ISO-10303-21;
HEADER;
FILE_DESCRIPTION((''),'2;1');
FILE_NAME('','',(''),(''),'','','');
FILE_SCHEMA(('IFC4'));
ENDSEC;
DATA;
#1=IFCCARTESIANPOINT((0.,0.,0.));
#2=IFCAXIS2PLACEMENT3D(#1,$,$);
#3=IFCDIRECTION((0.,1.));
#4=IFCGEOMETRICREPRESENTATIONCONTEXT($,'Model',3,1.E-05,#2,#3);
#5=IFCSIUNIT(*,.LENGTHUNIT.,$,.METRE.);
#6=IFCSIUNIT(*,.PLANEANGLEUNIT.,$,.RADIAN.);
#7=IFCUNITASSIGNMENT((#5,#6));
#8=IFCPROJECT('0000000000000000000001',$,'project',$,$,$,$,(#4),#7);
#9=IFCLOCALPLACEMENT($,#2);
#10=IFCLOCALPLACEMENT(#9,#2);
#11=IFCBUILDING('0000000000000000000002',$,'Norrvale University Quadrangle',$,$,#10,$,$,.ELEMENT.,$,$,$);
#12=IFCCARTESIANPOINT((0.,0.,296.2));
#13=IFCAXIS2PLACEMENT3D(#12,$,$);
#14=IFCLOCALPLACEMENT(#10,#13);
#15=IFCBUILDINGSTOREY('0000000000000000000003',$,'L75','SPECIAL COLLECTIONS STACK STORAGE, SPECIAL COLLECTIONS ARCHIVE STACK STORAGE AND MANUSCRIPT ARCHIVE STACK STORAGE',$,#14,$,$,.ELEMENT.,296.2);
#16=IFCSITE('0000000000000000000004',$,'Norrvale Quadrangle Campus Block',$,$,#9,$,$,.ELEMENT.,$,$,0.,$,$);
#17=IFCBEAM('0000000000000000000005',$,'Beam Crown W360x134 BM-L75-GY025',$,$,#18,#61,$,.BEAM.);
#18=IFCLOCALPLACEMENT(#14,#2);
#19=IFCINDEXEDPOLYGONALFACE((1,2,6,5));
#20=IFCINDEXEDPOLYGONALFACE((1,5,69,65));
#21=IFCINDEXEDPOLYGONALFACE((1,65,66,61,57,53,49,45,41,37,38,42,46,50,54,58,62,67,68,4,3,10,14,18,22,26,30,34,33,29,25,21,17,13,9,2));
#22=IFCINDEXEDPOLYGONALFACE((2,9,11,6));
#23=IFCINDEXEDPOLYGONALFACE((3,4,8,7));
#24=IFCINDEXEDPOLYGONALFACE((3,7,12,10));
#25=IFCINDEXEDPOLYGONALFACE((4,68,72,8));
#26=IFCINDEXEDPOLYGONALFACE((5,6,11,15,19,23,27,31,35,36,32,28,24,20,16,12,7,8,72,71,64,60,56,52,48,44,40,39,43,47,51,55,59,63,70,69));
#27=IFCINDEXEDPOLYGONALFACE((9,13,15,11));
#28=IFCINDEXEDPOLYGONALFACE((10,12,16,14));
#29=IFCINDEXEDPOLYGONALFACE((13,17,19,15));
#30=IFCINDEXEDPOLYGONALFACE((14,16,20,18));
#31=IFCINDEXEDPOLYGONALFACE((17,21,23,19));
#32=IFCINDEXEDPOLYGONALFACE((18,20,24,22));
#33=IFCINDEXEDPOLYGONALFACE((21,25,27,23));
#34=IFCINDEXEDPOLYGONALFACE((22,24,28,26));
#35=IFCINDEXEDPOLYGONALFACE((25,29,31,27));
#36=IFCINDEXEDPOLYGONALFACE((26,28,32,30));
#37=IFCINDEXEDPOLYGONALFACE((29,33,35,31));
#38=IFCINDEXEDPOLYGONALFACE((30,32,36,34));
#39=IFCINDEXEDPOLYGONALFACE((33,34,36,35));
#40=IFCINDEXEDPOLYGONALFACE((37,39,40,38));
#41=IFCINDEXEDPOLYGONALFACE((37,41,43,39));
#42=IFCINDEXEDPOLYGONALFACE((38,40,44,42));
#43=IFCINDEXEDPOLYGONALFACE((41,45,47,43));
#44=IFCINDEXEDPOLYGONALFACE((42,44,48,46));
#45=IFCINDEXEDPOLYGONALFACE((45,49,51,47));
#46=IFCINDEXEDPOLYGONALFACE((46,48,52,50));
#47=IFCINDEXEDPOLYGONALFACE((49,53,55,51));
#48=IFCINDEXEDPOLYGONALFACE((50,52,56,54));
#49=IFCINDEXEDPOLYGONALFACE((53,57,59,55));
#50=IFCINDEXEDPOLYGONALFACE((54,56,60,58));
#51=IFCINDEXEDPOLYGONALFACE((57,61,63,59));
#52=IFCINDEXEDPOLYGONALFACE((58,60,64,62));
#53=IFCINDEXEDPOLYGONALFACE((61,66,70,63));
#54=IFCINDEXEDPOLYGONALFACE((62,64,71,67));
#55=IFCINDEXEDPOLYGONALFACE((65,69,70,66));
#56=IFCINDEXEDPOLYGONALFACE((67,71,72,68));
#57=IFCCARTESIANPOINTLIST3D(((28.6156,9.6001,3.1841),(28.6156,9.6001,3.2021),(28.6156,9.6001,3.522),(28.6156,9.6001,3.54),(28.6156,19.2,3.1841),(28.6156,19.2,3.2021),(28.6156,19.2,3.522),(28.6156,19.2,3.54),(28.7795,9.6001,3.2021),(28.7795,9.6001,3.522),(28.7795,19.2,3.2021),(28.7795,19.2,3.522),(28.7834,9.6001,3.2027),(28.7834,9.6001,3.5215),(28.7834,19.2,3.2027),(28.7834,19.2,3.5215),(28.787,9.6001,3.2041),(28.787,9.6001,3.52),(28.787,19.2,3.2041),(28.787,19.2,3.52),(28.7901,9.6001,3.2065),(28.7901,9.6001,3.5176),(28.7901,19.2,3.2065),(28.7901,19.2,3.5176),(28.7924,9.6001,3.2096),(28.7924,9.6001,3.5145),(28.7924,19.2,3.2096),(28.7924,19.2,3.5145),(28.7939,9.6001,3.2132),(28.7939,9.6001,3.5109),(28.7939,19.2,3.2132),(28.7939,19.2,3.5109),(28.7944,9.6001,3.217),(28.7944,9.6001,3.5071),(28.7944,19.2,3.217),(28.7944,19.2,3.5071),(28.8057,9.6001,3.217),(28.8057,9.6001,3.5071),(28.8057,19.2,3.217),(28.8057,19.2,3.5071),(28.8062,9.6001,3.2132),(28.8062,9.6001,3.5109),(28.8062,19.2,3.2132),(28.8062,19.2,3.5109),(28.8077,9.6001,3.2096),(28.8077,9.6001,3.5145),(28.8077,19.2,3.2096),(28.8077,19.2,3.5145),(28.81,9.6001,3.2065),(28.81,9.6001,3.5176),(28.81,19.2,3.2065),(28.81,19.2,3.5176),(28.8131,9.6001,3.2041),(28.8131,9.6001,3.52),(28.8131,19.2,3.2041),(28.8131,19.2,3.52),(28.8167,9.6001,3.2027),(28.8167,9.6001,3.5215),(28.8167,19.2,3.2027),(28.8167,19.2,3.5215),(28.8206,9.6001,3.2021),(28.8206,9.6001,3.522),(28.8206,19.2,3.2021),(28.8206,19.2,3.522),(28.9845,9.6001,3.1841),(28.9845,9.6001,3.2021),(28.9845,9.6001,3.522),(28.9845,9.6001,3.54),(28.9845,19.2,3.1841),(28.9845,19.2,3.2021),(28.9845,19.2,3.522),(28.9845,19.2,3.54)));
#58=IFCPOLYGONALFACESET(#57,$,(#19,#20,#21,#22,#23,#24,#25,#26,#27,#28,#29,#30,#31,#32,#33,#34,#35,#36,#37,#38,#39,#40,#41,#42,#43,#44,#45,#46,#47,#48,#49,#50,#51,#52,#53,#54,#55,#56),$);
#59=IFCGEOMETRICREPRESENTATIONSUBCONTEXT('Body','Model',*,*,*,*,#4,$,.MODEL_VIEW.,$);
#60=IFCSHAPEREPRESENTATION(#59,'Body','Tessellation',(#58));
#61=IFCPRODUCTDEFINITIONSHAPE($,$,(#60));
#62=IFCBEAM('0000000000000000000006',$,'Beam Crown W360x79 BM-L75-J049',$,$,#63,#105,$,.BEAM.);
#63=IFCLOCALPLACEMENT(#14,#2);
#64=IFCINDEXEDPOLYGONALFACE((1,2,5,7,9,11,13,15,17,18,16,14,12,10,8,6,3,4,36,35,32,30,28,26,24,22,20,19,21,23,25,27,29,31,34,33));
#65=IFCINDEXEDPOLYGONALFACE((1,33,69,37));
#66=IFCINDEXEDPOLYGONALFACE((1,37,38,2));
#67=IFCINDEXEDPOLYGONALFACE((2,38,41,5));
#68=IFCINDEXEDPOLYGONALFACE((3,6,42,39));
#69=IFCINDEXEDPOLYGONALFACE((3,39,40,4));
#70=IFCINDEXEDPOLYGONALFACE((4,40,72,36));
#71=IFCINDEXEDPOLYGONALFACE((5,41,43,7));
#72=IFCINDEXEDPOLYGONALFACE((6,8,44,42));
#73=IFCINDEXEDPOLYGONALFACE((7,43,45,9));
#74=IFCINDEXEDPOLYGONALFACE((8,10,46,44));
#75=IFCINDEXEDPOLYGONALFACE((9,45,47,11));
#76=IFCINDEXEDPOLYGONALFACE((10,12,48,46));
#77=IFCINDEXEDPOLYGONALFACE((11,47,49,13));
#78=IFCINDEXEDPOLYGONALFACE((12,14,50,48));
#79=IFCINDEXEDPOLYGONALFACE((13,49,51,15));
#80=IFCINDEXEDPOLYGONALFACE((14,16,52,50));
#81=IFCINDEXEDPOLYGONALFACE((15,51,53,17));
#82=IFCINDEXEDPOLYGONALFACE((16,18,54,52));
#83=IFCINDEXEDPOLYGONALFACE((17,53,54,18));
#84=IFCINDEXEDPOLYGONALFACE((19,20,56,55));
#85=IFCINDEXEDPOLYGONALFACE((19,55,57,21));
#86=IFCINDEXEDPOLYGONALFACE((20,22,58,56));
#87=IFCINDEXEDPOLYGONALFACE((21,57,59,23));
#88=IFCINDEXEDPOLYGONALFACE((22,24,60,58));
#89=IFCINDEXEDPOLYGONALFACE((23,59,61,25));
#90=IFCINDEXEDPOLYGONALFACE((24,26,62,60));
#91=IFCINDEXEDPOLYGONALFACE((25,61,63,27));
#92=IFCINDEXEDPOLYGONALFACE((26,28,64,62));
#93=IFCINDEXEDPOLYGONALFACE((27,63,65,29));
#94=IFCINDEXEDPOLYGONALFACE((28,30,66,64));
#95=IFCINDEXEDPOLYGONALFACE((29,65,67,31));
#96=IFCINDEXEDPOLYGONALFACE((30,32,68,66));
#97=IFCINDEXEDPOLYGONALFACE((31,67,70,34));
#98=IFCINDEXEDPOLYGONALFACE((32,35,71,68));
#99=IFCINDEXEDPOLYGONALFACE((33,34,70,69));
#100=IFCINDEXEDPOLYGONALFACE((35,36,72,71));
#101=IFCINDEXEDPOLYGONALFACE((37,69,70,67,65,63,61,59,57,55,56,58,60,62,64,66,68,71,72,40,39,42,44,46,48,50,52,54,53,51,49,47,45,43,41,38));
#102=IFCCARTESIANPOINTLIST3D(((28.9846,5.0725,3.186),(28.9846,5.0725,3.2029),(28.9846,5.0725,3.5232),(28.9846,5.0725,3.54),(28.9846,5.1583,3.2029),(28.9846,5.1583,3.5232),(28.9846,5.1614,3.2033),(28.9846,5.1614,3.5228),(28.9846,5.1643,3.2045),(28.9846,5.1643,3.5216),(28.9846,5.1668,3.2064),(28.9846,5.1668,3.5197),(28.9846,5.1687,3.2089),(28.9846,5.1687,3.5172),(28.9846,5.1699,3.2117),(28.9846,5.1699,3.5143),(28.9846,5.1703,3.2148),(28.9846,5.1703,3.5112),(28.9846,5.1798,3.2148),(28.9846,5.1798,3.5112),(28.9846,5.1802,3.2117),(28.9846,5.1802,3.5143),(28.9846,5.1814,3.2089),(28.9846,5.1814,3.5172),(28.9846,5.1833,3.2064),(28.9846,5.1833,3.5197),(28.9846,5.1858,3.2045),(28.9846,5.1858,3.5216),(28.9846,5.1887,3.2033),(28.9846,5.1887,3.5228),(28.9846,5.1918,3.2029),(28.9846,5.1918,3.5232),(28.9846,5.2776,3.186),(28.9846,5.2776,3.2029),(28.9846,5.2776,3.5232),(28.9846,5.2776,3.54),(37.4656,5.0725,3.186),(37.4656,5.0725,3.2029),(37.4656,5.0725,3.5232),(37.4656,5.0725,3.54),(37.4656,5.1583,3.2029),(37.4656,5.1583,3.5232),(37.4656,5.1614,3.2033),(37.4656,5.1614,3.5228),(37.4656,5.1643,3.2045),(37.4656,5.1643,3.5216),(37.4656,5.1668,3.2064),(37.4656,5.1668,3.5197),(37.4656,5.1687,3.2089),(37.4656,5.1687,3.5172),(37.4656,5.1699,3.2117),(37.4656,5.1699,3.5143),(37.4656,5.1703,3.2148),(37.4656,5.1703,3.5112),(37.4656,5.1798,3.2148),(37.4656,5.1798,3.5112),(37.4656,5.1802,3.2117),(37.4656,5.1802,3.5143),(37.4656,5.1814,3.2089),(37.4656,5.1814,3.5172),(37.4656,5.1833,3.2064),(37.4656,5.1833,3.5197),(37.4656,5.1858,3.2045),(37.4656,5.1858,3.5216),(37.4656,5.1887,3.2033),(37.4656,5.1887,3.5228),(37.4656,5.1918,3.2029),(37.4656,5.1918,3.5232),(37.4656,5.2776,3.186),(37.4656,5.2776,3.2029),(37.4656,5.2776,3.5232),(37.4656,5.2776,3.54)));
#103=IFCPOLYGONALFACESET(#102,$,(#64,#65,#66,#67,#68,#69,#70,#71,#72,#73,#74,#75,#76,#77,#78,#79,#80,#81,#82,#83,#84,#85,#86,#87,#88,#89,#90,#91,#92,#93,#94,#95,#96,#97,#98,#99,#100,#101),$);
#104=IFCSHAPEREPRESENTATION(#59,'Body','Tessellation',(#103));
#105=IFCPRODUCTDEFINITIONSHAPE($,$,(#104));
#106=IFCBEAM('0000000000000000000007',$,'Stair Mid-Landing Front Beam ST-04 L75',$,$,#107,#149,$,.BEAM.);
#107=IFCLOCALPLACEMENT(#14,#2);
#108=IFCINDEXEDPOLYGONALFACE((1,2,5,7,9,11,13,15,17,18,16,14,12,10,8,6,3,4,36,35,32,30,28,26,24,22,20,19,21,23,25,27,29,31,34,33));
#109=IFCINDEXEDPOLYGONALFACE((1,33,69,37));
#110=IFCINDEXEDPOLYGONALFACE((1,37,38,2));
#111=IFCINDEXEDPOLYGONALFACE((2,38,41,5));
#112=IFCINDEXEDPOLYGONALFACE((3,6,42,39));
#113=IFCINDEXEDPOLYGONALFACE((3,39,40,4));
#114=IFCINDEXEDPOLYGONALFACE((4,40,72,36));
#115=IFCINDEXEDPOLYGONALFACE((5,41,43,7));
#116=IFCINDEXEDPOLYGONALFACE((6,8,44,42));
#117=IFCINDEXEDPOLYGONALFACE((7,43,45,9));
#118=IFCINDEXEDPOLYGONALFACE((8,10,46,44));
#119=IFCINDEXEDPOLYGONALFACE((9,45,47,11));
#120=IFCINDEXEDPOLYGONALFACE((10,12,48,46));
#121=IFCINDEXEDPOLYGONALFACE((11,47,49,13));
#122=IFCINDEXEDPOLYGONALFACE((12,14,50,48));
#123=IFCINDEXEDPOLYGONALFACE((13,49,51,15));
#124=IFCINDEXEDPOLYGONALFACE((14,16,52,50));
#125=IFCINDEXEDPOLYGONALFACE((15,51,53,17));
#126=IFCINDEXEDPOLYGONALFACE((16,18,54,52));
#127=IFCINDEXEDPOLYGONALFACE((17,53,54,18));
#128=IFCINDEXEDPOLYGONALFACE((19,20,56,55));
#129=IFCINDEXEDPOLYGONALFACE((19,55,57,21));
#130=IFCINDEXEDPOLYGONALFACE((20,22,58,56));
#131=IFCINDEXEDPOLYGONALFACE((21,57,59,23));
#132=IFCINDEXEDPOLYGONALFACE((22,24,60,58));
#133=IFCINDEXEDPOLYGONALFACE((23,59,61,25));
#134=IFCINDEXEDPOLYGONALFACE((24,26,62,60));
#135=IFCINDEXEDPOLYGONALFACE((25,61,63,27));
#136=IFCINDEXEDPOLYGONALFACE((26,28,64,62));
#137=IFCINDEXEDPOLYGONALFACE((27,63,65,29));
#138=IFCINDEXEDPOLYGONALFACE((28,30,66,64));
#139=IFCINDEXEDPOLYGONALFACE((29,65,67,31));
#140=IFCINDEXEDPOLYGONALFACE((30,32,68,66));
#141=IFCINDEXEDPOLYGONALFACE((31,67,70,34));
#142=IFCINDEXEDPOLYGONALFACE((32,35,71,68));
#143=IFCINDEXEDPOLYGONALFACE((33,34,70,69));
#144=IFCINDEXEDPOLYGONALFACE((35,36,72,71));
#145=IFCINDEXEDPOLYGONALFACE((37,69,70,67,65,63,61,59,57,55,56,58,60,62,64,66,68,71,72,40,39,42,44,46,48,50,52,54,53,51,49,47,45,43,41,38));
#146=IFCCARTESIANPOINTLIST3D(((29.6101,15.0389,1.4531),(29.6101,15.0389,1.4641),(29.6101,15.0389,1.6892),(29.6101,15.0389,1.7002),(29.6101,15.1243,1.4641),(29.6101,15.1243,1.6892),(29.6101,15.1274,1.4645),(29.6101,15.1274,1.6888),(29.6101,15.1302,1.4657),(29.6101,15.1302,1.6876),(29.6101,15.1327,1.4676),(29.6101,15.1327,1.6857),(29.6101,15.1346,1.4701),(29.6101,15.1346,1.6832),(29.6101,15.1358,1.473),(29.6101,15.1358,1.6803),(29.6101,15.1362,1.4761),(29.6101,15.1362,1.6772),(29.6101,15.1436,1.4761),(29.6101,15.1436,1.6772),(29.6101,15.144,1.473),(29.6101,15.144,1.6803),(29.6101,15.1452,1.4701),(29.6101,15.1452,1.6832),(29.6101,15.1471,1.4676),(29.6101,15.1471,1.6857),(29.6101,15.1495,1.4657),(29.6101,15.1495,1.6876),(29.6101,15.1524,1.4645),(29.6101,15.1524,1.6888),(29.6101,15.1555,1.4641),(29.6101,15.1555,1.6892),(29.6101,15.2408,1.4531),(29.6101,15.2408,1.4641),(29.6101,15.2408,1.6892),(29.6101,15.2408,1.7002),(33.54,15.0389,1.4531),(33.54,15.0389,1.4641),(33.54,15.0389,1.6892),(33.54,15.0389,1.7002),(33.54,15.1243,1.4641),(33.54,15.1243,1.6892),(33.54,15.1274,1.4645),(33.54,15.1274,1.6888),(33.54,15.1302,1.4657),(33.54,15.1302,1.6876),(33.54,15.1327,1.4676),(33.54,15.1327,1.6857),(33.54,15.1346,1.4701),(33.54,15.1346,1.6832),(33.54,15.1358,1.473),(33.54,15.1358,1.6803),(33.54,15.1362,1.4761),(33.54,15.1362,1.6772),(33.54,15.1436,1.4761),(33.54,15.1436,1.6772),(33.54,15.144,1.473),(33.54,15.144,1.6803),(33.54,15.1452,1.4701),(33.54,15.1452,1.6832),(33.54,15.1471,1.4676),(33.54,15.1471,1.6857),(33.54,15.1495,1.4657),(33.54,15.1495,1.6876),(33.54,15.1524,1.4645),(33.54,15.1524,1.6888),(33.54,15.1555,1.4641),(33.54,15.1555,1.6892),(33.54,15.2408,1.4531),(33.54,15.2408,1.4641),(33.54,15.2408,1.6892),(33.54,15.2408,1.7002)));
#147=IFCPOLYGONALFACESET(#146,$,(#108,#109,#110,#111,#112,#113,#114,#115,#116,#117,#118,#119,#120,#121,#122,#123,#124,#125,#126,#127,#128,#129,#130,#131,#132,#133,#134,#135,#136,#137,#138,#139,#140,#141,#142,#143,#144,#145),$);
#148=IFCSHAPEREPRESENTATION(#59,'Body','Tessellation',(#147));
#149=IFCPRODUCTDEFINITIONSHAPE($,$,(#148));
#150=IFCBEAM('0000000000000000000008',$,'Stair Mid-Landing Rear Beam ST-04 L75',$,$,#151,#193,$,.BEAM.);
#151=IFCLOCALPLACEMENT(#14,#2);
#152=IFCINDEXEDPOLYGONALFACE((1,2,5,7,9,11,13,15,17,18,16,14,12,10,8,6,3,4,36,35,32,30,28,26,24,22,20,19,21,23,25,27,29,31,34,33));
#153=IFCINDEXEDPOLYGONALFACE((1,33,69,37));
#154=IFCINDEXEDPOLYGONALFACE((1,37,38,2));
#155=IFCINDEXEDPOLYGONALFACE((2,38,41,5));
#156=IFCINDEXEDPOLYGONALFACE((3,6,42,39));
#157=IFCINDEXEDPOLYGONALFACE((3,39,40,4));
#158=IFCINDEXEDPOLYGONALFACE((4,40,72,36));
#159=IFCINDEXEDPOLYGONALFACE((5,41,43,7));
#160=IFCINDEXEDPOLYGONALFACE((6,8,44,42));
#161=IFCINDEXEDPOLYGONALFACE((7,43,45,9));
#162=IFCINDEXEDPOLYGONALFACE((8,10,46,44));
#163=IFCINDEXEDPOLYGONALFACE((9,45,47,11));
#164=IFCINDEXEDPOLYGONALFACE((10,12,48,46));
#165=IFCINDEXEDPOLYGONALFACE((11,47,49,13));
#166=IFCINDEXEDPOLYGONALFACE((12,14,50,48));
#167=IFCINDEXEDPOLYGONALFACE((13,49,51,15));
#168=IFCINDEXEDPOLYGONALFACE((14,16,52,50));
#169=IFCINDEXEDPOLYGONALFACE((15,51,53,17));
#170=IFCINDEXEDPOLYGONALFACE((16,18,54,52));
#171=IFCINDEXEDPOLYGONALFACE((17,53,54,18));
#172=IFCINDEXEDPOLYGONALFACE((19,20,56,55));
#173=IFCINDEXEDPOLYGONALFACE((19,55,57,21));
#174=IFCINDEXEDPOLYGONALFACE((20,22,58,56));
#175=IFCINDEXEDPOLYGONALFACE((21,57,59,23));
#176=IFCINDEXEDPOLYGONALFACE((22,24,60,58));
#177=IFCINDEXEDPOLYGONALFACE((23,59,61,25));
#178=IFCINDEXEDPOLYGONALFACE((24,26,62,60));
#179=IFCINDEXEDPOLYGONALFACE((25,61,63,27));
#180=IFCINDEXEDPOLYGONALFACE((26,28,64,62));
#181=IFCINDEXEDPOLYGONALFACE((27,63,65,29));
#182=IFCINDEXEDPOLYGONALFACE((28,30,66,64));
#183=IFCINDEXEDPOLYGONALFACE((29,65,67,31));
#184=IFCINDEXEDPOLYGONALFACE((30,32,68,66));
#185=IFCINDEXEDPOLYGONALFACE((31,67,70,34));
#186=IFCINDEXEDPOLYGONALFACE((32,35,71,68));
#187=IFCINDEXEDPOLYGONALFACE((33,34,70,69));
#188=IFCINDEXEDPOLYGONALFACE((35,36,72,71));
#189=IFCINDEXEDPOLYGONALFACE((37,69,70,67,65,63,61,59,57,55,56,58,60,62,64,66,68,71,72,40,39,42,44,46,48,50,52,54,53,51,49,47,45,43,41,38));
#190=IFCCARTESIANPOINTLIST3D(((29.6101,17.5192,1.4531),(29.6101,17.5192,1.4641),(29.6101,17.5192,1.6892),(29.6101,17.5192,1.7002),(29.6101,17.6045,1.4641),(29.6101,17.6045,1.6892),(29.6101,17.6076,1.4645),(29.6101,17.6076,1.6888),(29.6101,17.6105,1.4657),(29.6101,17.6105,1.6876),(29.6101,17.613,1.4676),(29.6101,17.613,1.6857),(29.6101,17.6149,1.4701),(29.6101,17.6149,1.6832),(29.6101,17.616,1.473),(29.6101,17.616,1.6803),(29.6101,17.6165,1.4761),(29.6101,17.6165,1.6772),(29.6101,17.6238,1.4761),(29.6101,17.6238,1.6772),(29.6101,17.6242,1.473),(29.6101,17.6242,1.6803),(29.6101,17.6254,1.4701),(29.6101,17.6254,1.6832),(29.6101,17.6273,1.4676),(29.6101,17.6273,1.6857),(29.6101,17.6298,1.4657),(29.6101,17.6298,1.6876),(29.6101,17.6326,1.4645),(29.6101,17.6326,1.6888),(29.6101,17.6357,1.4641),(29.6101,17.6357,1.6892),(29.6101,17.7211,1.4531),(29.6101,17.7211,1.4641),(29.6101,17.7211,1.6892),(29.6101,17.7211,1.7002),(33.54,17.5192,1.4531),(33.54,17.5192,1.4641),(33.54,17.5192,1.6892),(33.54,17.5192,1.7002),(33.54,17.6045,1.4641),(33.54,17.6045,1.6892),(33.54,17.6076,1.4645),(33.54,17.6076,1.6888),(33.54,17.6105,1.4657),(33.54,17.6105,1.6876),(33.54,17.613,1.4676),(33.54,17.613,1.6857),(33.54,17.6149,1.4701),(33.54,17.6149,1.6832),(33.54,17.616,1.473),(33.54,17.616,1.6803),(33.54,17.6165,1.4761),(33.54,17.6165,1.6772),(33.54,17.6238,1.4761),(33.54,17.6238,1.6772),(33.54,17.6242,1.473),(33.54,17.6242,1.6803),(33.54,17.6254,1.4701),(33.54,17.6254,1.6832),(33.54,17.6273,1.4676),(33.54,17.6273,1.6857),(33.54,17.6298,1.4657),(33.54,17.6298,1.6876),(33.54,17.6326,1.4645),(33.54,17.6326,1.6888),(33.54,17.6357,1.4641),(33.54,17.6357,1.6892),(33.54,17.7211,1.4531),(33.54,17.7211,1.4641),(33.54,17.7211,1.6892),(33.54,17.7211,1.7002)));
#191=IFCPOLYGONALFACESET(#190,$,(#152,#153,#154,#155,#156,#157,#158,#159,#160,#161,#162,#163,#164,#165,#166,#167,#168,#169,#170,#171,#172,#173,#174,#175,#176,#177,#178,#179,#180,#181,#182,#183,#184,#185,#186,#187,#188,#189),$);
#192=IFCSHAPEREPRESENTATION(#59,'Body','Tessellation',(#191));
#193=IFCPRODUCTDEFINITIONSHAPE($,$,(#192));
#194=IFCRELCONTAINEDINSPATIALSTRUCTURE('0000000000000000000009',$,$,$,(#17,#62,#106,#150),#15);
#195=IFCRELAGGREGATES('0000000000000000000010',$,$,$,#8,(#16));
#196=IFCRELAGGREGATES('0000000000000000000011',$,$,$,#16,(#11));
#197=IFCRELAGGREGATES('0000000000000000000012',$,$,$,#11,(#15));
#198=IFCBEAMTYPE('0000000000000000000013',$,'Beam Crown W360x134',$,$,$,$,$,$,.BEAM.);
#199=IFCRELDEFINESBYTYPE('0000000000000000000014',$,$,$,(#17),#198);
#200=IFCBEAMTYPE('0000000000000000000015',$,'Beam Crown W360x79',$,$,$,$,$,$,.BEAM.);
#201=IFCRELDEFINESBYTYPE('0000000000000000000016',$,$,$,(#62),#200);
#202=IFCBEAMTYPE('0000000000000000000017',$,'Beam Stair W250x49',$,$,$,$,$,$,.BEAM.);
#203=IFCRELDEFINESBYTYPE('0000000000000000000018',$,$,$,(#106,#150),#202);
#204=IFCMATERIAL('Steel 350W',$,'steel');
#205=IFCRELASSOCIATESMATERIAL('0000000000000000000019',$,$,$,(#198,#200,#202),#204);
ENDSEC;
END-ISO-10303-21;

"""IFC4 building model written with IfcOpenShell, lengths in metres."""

from ifc_helpers import new_model, si_unit, direction, frame, origin, origin_2d, place, context, subcontext, project, spatial, i_section, extrude, material, material_profile, profile_set, type_object, element, save


model = new_model("IFC4")

# Units and contexts
model_context = context("Model", 3, precision=1e-05, world=origin(), true_north=direction((0.0, 1.0)))
body_context = subcontext(model_context, "Body", "Model", "MODEL_VIEW")
ifc_project = project(units=[si_unit("LENGTHUNIT", "METRE"), si_unit("PLANEANGLEUNIT", "RADIAN")], contexts=[model_context])

# Site, building, storey
site_placement = place(None, origin())
site = spatial("IfcSite", under=ifc_project, at=site_placement, Name="Norrvale Quadrangle Campus Block", CompositionType="ELEMENT", RefElevation=0.0)
building_placement = place(site_placement, origin())
building = spatial("IfcBuilding", under=site, at=building_placement, Name="Norrvale University Quadrangle", CompositionType="ELEMENT")
storey_placement = place(building_placement, frame((0.0, 0.0, 296.2)))
storey = spatial("IfcBuildingStorey", under=building, at=storey_placement, Name="L75", Description="SPECIAL COLLECTIONS STACK STORAGE, SPECIAL COLLECTIONS ARCHIVE STACK STORAGE AND MANUSCRIPT ARCHIVE STACK STORAGE", CompositionType="ELEMENT", Elevation=296.2)

# Beams
ifc_material_1 = material(Name="Steel 350W", Category="steel")
ifc_material_profile_1 = material_profile(ifc_material_1, i_section(OverallWidth=0.3689, OverallDepth=0.356, WebThickness=0.0112, FlangeThickness=0.0181, FilletRadius=0.0149, at=origin_2d()), Name="Steel 350W")
ifc_profile_set_1 = profile_set([ifc_material_profile_1], Name="Steel 350W")
beam_type_1 = type_object("IfcBeamType", Name="Beam Crown W360x134", PredefinedType="BEAM", material=ifc_profile_set_1)
beam_1_placement = place(storey_placement, frame((28.8, 9.6001, 3.3621), z_axis=(0.0, 1.0, 0.0), x_axis=(-1.0, 0.0, 0.0)))
element("IfcBeam", 1, at=beam_1_placement, inside=storey, type_object=beam_type_1, Name="Beam Crown W360x134 BM-L75-GY025", PredefinedType="BEAM", context=body_context, shape_type="SweptSolid", body=[
    extrude(i_section(OverallWidth=0.3689, OverallDepth=0.356, WebThickness=0.0112, FlangeThickness=0.0181, FilletRadius=0.0149, at=origin_2d()), origin(), (0.0, 0.0, 1.0), 9.5999),
])
ifc_material_profile_2 = material_profile(ifc_material_1, i_section(OverallWidth=0.2051, OverallDepth=0.354, WebThickness=0.0095, FlangeThickness=0.0168, FilletRadius=0.012, at=origin_2d()), Name="Steel 350W")
ifc_profile_set_2 = profile_set([ifc_material_profile_2], Name="Steel 350W")
beam_type_2 = type_object("IfcBeamType", Name="Beam Crown W360x79", PredefinedType="BEAM", material=ifc_profile_set_2)
beam_2_placement = place(storey_placement, frame((28.9846, 5.175, 3.363), z_axis=(1.0, 0.0, 0.0), x_axis=(0.0, 1.0, 0.0)))
element("IfcBeam", 2, at=beam_2_placement, inside=storey, type_object=beam_type_2, Name="Beam Crown W360x79 BM-L75-J049", PredefinedType="BEAM", context=body_context, shape_type="SweptSolid", body=[
    extrude(i_section(OverallWidth=0.2051, OverallDepth=0.354, WebThickness=0.0095, FlangeThickness=0.0168, FilletRadius=0.012, at=origin_2d()), origin(), (0.0, 0.0, 1.0), 8.481),
])
ifc_material_profile_3 = material_profile(ifc_material_1, i_section(OverallWidth=0.2019, OverallDepth=0.2471, WebThickness=0.0073, FlangeThickness=0.011, FilletRadius=0.012, at=origin_2d()), Name="Steel 350W")
ifc_profile_set_3 = profile_set([ifc_material_profile_3], Name="Steel 350W")
beam_type_3 = type_object("IfcBeamType", Name="Beam Stair W250x49", PredefinedType="BEAM", material=ifc_profile_set_3)
for number, where, z_axis, x_axis, name in (
    (3, (29.6101, 15.1399, 1.5767), (1.0, 0.0, 0.0), (0.0, 1.0, 0.0), "Stair Mid-Landing Front Beam ST-04 L75"),
    (4, (29.6101, 17.6201, 1.5767), (1.0, 0.0, 0.0), (0.0, 1.0, 0.0), "Stair Mid-Landing Rear Beam ST-04 L75"),
):
    element("IfcBeam", number, at=place(storey_placement, frame(where, z_axis=z_axis, x_axis=x_axis)), inside=storey, type_object=beam_type_3, Name=name, PredefinedType="BEAM", context=body_context, shape_type="SweptSolid", body=[
        extrude(i_section(OverallWidth=0.2019, OverallDepth=0.2471, WebThickness=0.0073, FlangeThickness=0.011, FilletRadius=0.012, at=origin_2d()), origin(), (0.0, 0.0, 1.0), 3.9299),
    ])

save(model, "model.ifc")
